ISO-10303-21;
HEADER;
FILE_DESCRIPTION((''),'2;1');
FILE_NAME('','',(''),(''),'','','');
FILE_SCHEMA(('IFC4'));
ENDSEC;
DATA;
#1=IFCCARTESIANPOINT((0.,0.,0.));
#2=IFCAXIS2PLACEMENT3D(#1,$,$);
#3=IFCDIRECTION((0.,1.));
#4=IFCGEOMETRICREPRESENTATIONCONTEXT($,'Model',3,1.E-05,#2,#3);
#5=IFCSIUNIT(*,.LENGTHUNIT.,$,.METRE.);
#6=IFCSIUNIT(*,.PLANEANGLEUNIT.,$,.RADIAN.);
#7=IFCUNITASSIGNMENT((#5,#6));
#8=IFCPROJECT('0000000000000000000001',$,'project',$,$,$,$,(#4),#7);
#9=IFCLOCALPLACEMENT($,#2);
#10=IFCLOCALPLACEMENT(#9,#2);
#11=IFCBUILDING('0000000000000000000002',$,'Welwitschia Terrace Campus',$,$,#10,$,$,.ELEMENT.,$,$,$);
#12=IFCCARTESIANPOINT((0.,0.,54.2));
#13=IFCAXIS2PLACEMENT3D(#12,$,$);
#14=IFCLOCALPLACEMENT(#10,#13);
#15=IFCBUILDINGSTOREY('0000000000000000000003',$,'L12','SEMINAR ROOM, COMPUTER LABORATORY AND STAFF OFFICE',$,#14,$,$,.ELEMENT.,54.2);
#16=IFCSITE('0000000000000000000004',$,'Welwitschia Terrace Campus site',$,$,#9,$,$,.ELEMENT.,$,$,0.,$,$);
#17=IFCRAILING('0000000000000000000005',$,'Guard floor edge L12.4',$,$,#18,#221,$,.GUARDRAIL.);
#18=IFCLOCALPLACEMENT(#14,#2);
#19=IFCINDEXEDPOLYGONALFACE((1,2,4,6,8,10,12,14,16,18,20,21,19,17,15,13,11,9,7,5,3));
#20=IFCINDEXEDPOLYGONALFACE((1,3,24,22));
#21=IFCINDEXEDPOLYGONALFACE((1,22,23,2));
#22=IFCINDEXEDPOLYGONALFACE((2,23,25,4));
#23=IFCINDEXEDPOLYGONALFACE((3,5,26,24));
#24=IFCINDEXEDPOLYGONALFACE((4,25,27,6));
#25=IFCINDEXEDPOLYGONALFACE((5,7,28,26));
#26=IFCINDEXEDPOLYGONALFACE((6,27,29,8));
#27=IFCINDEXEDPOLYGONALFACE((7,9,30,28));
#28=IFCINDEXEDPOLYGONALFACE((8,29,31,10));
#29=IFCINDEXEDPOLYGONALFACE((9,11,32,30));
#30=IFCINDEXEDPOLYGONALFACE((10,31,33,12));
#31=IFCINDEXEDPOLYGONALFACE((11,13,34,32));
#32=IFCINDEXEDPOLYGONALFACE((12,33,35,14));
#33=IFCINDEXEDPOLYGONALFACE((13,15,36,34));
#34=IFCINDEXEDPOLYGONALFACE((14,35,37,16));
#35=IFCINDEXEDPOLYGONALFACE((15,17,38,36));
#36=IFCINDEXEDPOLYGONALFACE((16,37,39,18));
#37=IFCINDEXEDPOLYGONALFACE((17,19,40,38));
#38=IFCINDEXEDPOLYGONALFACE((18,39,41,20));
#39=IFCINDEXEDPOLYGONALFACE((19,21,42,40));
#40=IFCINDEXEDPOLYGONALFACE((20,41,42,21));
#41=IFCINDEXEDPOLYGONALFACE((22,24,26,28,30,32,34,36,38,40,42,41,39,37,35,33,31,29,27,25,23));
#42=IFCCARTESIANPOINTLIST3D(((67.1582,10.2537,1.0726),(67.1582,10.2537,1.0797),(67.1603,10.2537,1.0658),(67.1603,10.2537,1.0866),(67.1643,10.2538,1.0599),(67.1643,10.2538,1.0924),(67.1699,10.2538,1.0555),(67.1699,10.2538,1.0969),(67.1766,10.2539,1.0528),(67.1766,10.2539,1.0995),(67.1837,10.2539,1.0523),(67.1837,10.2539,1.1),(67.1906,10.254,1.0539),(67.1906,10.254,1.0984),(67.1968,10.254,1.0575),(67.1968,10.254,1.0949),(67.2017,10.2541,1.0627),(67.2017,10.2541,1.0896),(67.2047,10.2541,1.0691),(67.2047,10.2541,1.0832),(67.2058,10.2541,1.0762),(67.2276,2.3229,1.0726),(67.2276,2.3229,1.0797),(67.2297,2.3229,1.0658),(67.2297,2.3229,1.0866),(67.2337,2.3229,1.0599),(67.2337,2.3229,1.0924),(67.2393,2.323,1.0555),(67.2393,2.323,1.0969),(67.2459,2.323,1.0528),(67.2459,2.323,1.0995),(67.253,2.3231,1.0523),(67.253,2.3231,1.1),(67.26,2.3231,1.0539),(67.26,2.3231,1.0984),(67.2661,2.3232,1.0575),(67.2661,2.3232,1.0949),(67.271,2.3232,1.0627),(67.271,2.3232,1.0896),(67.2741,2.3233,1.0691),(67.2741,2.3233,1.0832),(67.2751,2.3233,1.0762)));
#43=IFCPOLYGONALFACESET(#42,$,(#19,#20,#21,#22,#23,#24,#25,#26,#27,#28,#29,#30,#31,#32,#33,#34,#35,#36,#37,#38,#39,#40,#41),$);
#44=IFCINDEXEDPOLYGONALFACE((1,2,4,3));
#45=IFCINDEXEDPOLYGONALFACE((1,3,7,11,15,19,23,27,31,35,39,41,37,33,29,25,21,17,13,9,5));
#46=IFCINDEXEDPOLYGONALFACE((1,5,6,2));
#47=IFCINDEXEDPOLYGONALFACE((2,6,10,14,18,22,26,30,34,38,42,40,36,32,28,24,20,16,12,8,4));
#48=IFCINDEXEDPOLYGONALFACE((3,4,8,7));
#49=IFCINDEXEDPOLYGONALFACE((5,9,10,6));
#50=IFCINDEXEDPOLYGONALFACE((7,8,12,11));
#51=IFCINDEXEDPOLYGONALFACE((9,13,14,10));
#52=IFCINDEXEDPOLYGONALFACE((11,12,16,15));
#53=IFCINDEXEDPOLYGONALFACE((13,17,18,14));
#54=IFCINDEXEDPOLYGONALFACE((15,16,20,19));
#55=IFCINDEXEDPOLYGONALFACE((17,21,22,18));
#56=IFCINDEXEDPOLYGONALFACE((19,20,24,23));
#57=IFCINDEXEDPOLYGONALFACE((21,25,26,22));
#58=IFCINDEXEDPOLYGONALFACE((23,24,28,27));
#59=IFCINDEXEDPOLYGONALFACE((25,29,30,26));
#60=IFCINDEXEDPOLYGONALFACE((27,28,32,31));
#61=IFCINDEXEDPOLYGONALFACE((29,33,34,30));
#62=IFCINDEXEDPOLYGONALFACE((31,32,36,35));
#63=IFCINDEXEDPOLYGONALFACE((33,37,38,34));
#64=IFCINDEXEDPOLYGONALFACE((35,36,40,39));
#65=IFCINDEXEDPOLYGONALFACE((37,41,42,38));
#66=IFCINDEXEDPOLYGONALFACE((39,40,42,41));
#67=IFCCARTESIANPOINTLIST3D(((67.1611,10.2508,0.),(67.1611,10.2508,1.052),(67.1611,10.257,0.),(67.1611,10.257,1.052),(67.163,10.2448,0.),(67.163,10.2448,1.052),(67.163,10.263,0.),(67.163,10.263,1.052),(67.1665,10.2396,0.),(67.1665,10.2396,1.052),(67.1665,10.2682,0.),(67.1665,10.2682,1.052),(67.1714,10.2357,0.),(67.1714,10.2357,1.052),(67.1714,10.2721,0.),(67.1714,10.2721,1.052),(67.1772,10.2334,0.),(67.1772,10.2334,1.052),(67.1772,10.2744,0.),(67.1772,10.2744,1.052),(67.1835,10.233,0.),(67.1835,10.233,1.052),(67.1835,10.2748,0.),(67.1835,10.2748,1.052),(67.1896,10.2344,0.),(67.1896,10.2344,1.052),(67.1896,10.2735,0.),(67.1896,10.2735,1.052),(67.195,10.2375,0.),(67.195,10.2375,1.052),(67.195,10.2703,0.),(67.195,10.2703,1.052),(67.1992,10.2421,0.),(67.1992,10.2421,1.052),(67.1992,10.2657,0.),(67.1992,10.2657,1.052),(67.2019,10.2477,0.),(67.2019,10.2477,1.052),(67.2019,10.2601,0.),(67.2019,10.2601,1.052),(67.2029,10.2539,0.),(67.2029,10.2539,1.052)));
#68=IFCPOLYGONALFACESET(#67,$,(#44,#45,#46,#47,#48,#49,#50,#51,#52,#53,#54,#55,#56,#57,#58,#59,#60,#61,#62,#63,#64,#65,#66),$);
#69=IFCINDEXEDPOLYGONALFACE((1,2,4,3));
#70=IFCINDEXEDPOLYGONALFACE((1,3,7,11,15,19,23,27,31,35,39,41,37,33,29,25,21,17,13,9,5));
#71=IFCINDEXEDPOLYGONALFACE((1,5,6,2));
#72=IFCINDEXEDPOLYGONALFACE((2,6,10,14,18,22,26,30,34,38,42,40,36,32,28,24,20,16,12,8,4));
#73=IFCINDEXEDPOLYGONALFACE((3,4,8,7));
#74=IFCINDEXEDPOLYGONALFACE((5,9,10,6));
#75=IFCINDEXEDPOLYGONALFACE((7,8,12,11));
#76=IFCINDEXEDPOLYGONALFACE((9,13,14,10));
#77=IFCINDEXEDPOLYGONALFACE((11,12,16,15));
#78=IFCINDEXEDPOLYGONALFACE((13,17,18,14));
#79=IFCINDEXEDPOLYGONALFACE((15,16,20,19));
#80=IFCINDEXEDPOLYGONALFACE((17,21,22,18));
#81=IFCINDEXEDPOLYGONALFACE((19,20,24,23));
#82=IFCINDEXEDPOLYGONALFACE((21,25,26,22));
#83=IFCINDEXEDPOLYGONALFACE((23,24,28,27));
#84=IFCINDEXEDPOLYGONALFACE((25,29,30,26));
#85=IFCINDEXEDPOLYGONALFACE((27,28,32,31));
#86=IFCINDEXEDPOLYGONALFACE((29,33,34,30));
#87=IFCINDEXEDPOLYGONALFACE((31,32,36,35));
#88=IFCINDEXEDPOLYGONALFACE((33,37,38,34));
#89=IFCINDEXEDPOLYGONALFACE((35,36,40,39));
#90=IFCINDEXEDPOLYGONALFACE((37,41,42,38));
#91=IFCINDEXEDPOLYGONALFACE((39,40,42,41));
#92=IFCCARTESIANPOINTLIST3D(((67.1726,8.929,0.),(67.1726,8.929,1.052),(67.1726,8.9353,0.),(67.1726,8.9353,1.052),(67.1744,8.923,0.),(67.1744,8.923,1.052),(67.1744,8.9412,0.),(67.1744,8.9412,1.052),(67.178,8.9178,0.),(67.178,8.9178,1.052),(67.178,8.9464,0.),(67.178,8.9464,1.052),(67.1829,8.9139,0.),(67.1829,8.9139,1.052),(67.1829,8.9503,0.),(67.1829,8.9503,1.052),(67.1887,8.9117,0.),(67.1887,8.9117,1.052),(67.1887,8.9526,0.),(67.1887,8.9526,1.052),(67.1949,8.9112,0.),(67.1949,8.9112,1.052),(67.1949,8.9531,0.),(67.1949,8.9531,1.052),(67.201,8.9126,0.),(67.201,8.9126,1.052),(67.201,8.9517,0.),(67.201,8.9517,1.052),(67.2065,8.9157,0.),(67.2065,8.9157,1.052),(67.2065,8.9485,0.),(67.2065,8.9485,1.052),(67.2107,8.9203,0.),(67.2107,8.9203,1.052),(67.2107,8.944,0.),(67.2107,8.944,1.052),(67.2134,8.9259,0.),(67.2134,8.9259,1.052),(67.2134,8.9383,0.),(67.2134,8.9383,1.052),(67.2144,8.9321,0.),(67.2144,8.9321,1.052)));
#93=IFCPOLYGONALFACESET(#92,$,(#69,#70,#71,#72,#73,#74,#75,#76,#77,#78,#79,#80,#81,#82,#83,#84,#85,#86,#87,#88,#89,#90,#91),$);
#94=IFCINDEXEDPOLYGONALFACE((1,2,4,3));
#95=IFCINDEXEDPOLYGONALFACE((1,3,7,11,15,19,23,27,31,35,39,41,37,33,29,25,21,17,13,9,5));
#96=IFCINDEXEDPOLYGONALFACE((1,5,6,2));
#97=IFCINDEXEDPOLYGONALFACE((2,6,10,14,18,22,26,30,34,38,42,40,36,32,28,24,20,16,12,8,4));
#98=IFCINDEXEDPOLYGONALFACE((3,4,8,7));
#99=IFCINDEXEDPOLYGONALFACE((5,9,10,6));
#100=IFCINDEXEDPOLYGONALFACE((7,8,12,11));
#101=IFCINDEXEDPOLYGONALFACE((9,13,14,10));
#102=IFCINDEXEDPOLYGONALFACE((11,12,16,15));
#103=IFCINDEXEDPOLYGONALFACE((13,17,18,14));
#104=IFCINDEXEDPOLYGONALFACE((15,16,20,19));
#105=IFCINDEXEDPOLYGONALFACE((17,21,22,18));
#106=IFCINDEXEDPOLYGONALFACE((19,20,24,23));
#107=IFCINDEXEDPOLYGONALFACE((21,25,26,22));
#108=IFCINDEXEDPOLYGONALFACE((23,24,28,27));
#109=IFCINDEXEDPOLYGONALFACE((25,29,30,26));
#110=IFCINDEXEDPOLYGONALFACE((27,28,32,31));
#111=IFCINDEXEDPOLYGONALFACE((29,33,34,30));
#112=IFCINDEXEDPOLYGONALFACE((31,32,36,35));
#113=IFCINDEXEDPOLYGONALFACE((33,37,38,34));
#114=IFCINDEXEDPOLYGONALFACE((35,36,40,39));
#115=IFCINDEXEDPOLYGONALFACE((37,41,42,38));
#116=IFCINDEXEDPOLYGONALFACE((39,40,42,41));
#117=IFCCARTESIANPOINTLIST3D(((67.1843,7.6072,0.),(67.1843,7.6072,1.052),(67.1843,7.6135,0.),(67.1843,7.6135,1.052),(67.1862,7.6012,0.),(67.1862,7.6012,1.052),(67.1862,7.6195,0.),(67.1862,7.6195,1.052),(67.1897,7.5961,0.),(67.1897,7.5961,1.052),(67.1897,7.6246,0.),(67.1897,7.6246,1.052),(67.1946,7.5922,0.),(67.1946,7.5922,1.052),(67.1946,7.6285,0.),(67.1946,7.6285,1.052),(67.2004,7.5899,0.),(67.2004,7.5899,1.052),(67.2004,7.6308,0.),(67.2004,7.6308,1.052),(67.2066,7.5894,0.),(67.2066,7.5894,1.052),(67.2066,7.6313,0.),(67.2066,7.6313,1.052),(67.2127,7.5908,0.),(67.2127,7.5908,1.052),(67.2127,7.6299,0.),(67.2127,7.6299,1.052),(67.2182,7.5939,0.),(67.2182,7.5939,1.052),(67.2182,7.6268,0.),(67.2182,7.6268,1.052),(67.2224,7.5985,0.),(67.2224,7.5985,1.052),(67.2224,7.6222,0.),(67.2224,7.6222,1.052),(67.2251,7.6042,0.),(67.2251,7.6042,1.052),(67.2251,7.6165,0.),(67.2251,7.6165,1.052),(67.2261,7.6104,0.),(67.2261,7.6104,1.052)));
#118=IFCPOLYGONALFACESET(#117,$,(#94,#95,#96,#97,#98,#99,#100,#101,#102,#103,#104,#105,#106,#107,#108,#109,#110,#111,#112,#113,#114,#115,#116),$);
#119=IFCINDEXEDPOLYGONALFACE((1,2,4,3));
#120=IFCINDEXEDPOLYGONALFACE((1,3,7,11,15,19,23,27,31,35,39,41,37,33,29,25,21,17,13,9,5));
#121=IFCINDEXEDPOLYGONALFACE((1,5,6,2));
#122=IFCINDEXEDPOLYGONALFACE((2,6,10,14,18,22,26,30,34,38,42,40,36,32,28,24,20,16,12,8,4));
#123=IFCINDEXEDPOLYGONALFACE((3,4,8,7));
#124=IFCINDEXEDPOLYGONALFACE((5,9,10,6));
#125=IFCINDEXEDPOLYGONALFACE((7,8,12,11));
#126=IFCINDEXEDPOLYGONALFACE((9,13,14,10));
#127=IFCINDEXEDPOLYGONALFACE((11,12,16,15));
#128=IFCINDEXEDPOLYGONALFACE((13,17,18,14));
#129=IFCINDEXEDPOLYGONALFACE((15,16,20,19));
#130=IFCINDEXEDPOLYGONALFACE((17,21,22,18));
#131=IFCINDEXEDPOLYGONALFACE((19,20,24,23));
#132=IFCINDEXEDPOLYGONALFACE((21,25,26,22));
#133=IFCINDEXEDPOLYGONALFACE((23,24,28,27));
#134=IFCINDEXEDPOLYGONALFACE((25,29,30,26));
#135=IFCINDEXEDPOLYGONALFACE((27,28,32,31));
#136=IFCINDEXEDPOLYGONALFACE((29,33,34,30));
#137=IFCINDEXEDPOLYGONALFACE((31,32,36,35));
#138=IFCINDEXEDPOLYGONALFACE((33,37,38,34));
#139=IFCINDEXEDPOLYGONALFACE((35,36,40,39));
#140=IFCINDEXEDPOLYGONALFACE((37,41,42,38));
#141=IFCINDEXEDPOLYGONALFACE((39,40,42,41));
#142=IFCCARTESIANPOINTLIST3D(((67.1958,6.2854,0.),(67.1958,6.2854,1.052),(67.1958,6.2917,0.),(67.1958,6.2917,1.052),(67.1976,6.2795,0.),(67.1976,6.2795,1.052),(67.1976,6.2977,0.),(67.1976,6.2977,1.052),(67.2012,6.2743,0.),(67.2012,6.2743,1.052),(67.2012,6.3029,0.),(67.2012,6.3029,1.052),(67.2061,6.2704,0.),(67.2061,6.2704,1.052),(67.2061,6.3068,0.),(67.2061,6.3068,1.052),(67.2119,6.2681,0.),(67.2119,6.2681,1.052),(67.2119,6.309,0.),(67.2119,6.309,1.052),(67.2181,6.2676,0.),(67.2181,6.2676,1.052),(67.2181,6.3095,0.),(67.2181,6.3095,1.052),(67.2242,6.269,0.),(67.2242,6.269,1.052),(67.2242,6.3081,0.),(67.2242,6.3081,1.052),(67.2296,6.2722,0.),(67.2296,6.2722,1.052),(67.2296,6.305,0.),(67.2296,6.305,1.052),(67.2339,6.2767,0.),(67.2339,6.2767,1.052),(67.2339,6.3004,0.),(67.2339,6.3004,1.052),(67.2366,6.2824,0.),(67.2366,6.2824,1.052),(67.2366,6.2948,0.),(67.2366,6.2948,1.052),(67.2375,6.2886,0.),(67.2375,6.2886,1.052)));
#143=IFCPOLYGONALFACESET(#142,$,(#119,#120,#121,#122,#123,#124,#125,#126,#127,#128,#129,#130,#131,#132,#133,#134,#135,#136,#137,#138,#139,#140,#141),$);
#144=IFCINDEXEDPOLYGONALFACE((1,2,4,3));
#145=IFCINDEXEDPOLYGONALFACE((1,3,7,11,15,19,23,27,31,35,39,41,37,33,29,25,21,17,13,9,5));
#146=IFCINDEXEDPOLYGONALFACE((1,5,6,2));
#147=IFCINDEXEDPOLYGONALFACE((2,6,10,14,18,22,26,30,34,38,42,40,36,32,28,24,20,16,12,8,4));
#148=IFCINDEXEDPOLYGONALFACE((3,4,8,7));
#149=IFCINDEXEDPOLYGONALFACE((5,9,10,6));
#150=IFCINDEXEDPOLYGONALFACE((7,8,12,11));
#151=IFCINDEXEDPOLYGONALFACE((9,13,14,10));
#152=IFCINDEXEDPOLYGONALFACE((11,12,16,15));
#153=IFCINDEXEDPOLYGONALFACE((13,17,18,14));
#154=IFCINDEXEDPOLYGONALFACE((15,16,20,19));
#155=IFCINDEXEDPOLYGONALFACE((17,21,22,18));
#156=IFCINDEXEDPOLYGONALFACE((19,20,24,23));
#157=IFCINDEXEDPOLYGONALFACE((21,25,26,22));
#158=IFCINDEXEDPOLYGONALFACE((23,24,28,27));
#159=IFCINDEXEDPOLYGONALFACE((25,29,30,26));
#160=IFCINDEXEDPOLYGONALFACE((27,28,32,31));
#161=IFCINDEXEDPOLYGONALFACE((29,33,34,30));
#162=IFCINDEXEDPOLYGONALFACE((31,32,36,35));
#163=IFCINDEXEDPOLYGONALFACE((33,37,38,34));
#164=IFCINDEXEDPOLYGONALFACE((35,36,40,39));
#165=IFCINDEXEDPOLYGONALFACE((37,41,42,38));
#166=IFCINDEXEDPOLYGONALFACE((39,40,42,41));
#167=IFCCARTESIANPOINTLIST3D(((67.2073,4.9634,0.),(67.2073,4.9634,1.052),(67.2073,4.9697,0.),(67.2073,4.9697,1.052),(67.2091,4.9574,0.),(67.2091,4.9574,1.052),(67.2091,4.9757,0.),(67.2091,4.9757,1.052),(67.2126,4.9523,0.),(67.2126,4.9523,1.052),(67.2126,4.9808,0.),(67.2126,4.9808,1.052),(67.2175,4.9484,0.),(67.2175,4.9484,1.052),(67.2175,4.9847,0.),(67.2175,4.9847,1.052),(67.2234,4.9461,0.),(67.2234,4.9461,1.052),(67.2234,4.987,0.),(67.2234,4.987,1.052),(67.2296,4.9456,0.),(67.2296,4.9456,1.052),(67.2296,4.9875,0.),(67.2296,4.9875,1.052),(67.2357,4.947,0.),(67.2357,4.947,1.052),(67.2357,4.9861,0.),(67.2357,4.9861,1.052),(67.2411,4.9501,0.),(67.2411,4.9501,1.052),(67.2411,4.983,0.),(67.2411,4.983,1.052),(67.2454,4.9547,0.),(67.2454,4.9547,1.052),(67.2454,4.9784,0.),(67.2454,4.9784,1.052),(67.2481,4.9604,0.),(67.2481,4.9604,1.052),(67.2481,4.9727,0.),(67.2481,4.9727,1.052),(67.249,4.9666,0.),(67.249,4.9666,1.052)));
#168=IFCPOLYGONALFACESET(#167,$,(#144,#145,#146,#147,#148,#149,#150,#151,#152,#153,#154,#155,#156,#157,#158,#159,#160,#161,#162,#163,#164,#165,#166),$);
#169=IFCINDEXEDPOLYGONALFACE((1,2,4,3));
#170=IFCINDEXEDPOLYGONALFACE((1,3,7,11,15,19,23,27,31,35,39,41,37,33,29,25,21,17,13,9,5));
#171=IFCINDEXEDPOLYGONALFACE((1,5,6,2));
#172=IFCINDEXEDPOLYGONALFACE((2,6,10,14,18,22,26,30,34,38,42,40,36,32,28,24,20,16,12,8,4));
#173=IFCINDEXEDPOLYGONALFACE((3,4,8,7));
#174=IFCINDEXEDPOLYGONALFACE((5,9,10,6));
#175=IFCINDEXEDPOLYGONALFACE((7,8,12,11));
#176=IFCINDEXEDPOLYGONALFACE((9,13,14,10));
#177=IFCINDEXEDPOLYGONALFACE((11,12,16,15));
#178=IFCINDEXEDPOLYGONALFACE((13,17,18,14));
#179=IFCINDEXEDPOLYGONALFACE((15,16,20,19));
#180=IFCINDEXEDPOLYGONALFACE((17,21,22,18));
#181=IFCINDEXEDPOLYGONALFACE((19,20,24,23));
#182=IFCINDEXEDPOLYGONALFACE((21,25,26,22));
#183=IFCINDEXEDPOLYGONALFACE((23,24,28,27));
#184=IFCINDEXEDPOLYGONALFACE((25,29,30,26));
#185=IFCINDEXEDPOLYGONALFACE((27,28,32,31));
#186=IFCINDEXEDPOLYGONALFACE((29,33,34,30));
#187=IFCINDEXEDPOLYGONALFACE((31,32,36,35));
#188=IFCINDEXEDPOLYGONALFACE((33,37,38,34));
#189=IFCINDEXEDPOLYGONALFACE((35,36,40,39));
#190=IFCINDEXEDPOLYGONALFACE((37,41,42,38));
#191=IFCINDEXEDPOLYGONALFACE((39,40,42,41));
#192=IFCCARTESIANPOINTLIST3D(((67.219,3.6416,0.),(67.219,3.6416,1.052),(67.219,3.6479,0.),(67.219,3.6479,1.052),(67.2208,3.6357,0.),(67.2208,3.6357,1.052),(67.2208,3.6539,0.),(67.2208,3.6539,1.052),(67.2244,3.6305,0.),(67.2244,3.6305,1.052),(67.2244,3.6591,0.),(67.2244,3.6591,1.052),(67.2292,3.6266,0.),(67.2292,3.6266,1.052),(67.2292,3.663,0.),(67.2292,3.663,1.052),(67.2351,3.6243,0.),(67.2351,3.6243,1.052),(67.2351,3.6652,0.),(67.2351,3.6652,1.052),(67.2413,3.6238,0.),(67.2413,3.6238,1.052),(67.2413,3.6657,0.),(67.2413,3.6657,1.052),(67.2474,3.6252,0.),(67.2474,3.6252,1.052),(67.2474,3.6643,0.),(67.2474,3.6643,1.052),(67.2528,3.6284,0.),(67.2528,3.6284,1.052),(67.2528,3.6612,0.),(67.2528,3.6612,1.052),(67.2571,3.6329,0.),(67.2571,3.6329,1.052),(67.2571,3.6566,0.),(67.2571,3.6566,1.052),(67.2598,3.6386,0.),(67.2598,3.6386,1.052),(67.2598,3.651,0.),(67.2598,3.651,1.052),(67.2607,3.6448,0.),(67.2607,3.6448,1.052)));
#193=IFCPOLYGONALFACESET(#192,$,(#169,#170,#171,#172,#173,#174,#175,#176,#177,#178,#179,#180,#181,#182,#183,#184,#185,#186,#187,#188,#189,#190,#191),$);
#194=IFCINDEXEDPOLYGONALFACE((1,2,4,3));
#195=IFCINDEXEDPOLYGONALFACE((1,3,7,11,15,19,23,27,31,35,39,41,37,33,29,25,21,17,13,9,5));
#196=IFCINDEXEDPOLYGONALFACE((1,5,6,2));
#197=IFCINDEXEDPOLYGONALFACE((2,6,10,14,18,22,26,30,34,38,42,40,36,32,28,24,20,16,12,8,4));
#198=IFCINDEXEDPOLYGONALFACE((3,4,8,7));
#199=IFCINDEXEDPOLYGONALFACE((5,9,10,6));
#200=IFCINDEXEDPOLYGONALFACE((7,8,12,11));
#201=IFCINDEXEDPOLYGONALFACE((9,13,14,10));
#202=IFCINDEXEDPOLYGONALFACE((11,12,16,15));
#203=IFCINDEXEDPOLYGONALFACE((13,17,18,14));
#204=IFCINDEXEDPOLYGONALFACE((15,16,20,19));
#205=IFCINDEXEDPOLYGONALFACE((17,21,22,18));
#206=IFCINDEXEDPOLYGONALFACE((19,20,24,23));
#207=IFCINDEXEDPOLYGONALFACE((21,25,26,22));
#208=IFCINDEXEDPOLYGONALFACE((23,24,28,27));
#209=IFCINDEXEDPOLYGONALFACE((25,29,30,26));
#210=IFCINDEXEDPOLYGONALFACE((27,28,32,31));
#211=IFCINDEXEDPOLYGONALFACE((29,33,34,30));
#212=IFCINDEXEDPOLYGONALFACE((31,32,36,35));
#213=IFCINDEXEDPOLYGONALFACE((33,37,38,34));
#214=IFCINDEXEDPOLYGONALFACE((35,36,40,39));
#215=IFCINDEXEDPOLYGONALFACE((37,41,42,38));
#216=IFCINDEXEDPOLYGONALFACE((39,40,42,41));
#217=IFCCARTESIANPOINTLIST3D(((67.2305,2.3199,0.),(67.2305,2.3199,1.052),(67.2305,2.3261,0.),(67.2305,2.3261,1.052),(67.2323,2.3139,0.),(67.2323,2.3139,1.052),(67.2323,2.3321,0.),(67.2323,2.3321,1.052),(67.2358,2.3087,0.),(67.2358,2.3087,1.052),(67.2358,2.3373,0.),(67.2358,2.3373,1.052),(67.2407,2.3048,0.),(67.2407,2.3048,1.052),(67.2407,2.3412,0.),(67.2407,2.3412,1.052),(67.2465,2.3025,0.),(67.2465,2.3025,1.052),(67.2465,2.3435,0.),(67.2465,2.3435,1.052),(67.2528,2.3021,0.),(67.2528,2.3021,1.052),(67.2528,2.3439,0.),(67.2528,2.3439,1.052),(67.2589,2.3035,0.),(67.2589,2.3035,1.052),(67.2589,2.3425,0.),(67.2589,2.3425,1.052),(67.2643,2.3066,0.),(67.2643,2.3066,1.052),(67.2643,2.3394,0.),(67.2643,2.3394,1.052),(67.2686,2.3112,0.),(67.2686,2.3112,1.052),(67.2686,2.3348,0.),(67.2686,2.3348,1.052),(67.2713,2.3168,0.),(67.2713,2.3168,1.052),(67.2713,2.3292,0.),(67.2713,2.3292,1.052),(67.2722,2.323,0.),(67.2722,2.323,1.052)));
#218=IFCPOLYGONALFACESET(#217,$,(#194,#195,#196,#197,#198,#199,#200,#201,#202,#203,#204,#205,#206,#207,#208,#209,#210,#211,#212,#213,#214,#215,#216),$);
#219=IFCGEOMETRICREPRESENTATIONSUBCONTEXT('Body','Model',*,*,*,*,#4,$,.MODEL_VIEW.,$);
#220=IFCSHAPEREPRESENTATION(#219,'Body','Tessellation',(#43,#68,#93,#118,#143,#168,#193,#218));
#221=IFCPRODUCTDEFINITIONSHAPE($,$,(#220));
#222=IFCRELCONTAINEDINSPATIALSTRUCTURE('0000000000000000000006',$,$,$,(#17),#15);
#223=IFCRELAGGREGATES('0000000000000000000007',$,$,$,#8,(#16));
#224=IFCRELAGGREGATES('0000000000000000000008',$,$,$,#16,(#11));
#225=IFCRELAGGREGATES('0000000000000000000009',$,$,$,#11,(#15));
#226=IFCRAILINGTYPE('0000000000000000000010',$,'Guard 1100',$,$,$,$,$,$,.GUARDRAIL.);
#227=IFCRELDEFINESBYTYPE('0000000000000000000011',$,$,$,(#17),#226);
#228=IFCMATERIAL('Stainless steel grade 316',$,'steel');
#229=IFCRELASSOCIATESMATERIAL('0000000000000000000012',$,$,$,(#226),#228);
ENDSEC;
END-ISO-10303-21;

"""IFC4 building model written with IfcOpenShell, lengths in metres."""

from ifc_helpers import new_model, si_unit, direction, frame, origin, origin_2d, place, context, subcontext, project, spatial, circle, extrude, material, type_object, element, save


model = new_model("IFC4")

# Units and contexts
model_context = context("Model", 3, precision=1e-05, world=origin(), true_north=direction((0.0, 1.0)))
body_context = subcontext(model_context, "Body", "Model", "MODEL_VIEW")
ifc_project = project(units=[si_unit("LENGTHUNIT", "METRE"), si_unit("PLANEANGLEUNIT", "RADIAN")], contexts=[model_context])

# Site, building, storey
site_placement = place(None, origin())
site = spatial("IfcSite", under=ifc_project, at=site_placement, Name="Welwitschia Terrace Campus site", CompositionType="ELEMENT", RefElevation=0.0)
building_placement = place(site_placement, origin())
building = spatial("IfcBuilding", under=site, at=building_placement, Name="Welwitschia Terrace Campus", CompositionType="ELEMENT")
storey_placement = place(building_placement, frame((0.0, 0.0, 54.2)))
storey = spatial("IfcBuildingStorey", under=building, at=storey_placement, Name="L12", Description="SEMINAR ROOM, COMPUTER LABORATORY AND STAFF OFFICE", CompositionType="ELEMENT", Elevation=54.2)

# Railing
ifc_material_1 = material(Name="Stainless steel grade 316", Category="steel")
railing_type = type_object("IfcRailingType", Name="Guard 1100", PredefinedType="GUARDRAIL", material=ifc_material_1)
railing_1_placement = place(storey_placement, frame((67.1819, 10.2539, 0.0)))
element("IfcRailing", 1, at=railing_1_placement, inside=storey, type_object=railing_type, Name="Guard floor edge L12.4", PredefinedType="GUARDRAIL", context=body_context, shape_type="SweptSolid", body=[
    extrude(circle(Radius=0.0239, at=origin_2d()), frame((0.0, 0.0, 1.0762), z_axis=(0.008742, -0.999962, 0.0), x_axis=(0.999962, 0.008742, 0.0)), (0.0, 0.0, 1.0), 7.9312),
    extrude(circle(Radius=0.021, at=origin_2d()), origin(), (0.0, 0.0, 1.0), 1.052),
    extrude(circle(Radius=0.021, at=origin_2d()), frame((0.0115, -1.3218, 0.0)), (0.0, 0.0, 1.0), 1.052),
    extrude(circle(Radius=0.021, at=origin_2d()), frame((0.0232, -2.6436, 0.0)), (0.0, 0.0, 1.0), 1.052),
    extrude(circle(Radius=0.021, at=origin_2d()), frame((0.0347, -3.9653, 0.0)), (0.0, 0.0, 1.0), 1.052),
    extrude(circle(Radius=0.021, at=origin_2d()), frame((0.0461, -5.2874, 0.0)), (0.0, 0.0, 1.0), 1.052),
    extrude(circle(Radius=0.021, at=origin_2d()), frame((0.0579, -6.6091, 0.0)), (0.0, 0.0, 1.0), 1.052),
    extrude(circle(Radius=0.021, at=origin_2d()), frame((0.0693, -7.9309, 0.0)), (0.0, 0.0, 1.0), 1.052),
])

save(model, "model.ifc")
